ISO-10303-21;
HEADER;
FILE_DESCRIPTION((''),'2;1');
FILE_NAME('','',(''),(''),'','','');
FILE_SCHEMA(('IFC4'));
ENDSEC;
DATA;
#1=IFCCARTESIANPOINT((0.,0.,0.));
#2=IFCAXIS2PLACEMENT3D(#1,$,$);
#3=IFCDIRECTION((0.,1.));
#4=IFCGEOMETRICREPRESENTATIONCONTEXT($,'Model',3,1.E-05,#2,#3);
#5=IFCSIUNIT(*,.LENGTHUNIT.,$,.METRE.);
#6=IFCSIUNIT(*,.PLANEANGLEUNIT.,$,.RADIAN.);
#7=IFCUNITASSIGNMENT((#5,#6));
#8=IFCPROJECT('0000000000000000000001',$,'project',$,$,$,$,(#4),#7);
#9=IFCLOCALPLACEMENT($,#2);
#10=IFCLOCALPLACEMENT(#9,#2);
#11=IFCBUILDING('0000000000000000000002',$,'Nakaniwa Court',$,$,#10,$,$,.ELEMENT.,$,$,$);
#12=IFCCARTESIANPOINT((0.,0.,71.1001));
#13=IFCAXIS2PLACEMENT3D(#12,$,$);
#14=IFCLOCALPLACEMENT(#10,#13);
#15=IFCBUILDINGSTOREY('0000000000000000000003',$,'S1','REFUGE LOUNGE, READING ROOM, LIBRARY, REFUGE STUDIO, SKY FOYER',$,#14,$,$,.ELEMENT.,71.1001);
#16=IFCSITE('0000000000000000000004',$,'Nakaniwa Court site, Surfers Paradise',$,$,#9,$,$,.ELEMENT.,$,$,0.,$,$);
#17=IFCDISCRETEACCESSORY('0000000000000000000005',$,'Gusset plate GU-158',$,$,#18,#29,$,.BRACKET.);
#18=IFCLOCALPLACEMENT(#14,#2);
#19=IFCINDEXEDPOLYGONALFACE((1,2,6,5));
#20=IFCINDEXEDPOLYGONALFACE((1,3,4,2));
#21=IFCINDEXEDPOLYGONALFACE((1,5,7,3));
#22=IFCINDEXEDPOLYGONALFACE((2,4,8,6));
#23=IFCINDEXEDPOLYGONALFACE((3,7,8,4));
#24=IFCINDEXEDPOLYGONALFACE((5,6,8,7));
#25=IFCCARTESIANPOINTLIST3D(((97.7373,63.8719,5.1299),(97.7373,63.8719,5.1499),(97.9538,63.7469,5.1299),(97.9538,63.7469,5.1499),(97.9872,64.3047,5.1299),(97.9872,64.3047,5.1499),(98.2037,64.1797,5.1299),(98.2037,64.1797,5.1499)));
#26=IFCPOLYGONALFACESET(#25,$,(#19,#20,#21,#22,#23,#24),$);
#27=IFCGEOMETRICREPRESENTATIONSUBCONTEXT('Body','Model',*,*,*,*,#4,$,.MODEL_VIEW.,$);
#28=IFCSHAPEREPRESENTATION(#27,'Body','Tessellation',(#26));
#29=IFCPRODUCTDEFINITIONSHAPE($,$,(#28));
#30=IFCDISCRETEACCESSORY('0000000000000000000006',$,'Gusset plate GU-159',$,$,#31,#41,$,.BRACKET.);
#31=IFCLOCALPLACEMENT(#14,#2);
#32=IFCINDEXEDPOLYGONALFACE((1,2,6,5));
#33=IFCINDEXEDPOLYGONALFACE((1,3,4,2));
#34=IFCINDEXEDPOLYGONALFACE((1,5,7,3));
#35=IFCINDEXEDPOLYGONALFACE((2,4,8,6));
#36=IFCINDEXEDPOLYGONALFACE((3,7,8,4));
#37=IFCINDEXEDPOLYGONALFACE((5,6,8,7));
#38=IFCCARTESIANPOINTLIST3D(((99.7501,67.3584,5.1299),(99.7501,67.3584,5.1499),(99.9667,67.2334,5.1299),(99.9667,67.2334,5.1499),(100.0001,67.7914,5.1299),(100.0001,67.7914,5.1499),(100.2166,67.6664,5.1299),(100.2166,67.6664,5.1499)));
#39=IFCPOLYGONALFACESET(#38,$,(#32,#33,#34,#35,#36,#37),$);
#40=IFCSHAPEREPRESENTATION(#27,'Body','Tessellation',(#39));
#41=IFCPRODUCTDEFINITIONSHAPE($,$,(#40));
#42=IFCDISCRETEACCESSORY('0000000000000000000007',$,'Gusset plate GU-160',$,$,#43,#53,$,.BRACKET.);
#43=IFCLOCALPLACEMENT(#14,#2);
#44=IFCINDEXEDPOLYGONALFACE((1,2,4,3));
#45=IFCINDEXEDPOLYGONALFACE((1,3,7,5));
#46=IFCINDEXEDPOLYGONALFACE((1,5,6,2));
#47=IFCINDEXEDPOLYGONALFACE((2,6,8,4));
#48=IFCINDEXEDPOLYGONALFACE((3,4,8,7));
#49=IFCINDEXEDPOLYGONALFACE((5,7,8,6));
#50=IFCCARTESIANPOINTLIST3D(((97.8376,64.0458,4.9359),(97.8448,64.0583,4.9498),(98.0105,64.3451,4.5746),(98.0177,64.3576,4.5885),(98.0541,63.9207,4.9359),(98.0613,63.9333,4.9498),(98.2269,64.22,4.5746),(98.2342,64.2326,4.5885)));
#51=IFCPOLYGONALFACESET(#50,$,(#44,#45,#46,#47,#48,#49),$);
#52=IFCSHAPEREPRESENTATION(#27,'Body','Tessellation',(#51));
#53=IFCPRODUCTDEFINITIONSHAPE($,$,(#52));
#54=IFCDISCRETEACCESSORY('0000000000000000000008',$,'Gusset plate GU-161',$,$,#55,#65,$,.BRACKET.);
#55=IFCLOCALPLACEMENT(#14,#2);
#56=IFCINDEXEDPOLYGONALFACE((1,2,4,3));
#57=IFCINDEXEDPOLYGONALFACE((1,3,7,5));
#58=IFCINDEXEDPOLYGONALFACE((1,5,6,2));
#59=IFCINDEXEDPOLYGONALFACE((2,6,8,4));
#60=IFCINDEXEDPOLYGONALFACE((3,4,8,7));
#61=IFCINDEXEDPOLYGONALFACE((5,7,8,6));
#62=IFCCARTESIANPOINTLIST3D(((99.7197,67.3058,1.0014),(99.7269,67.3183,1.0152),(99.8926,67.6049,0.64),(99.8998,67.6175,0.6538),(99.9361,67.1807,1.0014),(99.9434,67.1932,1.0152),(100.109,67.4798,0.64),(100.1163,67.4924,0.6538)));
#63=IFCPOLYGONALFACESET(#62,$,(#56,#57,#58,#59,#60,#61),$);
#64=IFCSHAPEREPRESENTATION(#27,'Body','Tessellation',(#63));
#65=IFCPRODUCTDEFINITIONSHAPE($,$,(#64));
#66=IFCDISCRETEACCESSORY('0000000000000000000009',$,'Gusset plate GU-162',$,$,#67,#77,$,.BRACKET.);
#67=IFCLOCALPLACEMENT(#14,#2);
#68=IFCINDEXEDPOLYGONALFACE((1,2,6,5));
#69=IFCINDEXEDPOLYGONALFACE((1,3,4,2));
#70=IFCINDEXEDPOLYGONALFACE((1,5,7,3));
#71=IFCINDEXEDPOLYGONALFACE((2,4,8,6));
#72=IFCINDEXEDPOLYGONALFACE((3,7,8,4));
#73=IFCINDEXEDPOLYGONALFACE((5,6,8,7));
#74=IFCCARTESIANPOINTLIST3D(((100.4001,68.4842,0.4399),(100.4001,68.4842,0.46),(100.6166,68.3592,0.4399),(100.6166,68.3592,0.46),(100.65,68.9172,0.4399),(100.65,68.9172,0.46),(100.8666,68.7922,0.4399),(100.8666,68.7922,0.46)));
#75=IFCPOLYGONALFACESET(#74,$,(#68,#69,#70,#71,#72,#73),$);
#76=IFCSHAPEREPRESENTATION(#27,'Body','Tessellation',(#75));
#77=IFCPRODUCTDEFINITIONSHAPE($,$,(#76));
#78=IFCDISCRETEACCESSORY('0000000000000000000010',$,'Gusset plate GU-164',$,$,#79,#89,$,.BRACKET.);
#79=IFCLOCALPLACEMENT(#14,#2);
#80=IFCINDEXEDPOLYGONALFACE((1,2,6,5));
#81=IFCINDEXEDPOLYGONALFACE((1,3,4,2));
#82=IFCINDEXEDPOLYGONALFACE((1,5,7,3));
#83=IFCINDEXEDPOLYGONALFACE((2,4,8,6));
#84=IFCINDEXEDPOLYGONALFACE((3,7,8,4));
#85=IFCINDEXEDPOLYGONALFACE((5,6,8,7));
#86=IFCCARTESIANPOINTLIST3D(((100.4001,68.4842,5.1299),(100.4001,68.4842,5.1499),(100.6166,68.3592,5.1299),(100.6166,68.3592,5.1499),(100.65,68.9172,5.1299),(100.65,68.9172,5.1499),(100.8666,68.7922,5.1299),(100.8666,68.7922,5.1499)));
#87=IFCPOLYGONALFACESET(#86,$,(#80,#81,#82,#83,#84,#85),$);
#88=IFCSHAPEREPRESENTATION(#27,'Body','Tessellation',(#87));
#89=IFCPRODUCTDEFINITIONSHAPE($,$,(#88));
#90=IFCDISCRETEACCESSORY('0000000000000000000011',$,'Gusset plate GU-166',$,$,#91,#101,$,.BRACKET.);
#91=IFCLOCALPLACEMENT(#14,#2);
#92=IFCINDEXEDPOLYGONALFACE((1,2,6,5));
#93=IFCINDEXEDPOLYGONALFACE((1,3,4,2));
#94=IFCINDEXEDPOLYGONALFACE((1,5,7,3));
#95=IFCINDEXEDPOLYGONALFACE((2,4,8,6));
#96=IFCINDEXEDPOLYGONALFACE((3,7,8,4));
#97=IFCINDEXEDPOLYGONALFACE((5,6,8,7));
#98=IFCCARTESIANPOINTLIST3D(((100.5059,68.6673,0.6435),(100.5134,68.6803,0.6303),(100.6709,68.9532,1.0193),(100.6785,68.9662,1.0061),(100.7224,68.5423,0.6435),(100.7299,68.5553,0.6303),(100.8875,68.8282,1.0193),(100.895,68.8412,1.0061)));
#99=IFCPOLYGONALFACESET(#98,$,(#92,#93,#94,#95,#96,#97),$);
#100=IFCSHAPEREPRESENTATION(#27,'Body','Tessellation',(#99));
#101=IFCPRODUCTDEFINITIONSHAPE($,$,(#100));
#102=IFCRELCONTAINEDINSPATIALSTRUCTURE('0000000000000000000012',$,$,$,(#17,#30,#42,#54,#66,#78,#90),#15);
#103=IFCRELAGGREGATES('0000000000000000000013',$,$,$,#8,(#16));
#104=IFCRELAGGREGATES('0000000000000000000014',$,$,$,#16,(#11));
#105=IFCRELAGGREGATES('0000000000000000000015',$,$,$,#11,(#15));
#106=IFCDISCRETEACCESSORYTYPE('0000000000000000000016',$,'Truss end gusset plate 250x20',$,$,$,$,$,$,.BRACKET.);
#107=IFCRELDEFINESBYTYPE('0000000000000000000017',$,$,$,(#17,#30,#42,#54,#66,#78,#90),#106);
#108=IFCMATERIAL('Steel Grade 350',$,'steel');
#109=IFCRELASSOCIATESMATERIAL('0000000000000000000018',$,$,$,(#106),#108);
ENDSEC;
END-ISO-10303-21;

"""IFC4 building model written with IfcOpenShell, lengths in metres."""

from ifc_helpers import new_model, si_unit, direction, frame, origin, origin_2d, place, context, subcontext, project, spatial, rectangle, extrude, material, material_profile, profile_set, type_object, element, save


model = new_model("IFC4")

# Units and contexts
model_context = context("Model", 3, precision=1e-05, world=origin(), true_north=direction((0.0, 1.0)))
body_context = subcontext(model_context, "Body", "Model", "MODEL_VIEW")
ifc_project = project(units=[si_unit("LENGTHUNIT", "METRE"), si_unit("PLANEANGLEUNIT", "RADIAN")], contexts=[model_context])

# Site, building, storey
site_placement = place(None, origin())
site = spatial("IfcSite", under=ifc_project, at=site_placement, Name="Nakaniwa Court site, Surfers Paradise", CompositionType="ELEMENT", RefElevation=0.0)
building_placement = place(site_placement, origin())
building = spatial("IfcBuilding", under=site, at=building_placement, Name="Nakaniwa Court", CompositionType="ELEMENT")
storey_placement = place(building_placement, frame((0.0, 0.0, 71.1001)))
storey = spatial("IfcBuildingStorey", under=building, at=storey_placement, Name="S1", Description="REFUGE LOUNGE, READING ROOM, LIBRARY, REFUGE STUDIO, SKY FOYER", CompositionType="ELEMENT", Elevation=71.1001)

# Shared definitions
ifc_material_1 = material(Name="Steel Grade 350", Category="steel")

# Discrete accessories
ifc_material_profile_1 = material_profile(ifc_material_1, rectangle(XDim=0.25, YDim=0.02, at=origin_2d()), Name="Truss end gusset plate 250x20")
ifc_profile_set_1 = profile_set([ifc_material_profile_1], Name="Steel Grade 350")
discrete_accessory_type = type_object("IfcDiscreteAccessoryType", Name="Truss end gusset plate 250x20", PredefinedType="BRACKET", material=ifc_profile_set_1)
discrete_accessory_1_placement = place(storey_placement, frame((98.0955, 64.2422, 5.1399), z_axis=(-0.500131, -0.86595, 0.0), x_axis=(0.86595, -0.500131, 0.0)))
element("IfcDiscreteAccessory", 1, at=discrete_accessory_1_placement, inside=storey, type_object=discrete_accessory_type, Name="Gusset plate GU-158", PredefinedType="BRACKET", context=body_context, shape_type="SweptSolid", body=[
    extrude(rectangle(XDim=0.25, YDim=0.02, at=origin_2d()), origin(), (0.0, 0.0, 1.0), 0.4998),
])
for number, where, z_axis, x_axis, name in (
    (2, (99.8584, 67.2959, 5.1399), (0.49992, 0.866072, 0.0), (-0.866072, 0.49992, 0.0), "Gusset plate GU-159"),
    (3, (98.1223, 64.2888, 4.5815), (-0.345685, -0.598602, 0.722619), (0.865974, -0.500089, 0.0), "Gusset plate GU-160"),
    (4, (99.8315, 67.2495, 1.0083), (0.345786, 0.598288, -0.72283), (-0.865797, 0.500395, 0.0), "Gusset plate GU-161"),
    (5, (100.7583, 68.8547, 0.45), (-0.49992, -0.866072, 0.0), (0.866072, -0.49992, 0.0), "Gusset plate GU-162"),
    (6, (100.7583, 68.8547, 5.1399), (-0.49992, -0.866072, 0.0), (0.866072, -0.49992, 0.0), "Gusset plate GU-164"),
):
    element("IfcDiscreteAccessory", number, at=place(storey_placement, frame(where, z_axis=z_axis, x_axis=x_axis)), inside=storey, type_object=discrete_accessory_type, Name=name, PredefinedType="BRACKET", context=body_context, shape_type="SweptSolid", body=[
        extrude(rectangle(XDim=0.25, YDim=0.02, at=origin_2d()), origin(), (0.0, 0.0, 1.0), 0.5),
    ])
discrete_accessory_2_placement = place(storey_placement, frame((100.783, 68.8972, 1.0127), z_axis=(-0.329982, -0.571612, -0.751247), x_axis=(0.86605, -0.499957, 0.0)))
element("IfcDiscreteAccessory", 7, at=discrete_accessory_2_placement, inside=storey, type_object=discrete_accessory_type, Name="Gusset plate GU-166", PredefinedType="BRACKET", context=body_context, shape_type="SweptSolid", body=[
    extrude(rectangle(XDim=0.25, YDim=0.02, at=origin_2d()), origin(), (0.0, 0.0, 1.0), 0.5002),
])

save(model, "model.ifc")
